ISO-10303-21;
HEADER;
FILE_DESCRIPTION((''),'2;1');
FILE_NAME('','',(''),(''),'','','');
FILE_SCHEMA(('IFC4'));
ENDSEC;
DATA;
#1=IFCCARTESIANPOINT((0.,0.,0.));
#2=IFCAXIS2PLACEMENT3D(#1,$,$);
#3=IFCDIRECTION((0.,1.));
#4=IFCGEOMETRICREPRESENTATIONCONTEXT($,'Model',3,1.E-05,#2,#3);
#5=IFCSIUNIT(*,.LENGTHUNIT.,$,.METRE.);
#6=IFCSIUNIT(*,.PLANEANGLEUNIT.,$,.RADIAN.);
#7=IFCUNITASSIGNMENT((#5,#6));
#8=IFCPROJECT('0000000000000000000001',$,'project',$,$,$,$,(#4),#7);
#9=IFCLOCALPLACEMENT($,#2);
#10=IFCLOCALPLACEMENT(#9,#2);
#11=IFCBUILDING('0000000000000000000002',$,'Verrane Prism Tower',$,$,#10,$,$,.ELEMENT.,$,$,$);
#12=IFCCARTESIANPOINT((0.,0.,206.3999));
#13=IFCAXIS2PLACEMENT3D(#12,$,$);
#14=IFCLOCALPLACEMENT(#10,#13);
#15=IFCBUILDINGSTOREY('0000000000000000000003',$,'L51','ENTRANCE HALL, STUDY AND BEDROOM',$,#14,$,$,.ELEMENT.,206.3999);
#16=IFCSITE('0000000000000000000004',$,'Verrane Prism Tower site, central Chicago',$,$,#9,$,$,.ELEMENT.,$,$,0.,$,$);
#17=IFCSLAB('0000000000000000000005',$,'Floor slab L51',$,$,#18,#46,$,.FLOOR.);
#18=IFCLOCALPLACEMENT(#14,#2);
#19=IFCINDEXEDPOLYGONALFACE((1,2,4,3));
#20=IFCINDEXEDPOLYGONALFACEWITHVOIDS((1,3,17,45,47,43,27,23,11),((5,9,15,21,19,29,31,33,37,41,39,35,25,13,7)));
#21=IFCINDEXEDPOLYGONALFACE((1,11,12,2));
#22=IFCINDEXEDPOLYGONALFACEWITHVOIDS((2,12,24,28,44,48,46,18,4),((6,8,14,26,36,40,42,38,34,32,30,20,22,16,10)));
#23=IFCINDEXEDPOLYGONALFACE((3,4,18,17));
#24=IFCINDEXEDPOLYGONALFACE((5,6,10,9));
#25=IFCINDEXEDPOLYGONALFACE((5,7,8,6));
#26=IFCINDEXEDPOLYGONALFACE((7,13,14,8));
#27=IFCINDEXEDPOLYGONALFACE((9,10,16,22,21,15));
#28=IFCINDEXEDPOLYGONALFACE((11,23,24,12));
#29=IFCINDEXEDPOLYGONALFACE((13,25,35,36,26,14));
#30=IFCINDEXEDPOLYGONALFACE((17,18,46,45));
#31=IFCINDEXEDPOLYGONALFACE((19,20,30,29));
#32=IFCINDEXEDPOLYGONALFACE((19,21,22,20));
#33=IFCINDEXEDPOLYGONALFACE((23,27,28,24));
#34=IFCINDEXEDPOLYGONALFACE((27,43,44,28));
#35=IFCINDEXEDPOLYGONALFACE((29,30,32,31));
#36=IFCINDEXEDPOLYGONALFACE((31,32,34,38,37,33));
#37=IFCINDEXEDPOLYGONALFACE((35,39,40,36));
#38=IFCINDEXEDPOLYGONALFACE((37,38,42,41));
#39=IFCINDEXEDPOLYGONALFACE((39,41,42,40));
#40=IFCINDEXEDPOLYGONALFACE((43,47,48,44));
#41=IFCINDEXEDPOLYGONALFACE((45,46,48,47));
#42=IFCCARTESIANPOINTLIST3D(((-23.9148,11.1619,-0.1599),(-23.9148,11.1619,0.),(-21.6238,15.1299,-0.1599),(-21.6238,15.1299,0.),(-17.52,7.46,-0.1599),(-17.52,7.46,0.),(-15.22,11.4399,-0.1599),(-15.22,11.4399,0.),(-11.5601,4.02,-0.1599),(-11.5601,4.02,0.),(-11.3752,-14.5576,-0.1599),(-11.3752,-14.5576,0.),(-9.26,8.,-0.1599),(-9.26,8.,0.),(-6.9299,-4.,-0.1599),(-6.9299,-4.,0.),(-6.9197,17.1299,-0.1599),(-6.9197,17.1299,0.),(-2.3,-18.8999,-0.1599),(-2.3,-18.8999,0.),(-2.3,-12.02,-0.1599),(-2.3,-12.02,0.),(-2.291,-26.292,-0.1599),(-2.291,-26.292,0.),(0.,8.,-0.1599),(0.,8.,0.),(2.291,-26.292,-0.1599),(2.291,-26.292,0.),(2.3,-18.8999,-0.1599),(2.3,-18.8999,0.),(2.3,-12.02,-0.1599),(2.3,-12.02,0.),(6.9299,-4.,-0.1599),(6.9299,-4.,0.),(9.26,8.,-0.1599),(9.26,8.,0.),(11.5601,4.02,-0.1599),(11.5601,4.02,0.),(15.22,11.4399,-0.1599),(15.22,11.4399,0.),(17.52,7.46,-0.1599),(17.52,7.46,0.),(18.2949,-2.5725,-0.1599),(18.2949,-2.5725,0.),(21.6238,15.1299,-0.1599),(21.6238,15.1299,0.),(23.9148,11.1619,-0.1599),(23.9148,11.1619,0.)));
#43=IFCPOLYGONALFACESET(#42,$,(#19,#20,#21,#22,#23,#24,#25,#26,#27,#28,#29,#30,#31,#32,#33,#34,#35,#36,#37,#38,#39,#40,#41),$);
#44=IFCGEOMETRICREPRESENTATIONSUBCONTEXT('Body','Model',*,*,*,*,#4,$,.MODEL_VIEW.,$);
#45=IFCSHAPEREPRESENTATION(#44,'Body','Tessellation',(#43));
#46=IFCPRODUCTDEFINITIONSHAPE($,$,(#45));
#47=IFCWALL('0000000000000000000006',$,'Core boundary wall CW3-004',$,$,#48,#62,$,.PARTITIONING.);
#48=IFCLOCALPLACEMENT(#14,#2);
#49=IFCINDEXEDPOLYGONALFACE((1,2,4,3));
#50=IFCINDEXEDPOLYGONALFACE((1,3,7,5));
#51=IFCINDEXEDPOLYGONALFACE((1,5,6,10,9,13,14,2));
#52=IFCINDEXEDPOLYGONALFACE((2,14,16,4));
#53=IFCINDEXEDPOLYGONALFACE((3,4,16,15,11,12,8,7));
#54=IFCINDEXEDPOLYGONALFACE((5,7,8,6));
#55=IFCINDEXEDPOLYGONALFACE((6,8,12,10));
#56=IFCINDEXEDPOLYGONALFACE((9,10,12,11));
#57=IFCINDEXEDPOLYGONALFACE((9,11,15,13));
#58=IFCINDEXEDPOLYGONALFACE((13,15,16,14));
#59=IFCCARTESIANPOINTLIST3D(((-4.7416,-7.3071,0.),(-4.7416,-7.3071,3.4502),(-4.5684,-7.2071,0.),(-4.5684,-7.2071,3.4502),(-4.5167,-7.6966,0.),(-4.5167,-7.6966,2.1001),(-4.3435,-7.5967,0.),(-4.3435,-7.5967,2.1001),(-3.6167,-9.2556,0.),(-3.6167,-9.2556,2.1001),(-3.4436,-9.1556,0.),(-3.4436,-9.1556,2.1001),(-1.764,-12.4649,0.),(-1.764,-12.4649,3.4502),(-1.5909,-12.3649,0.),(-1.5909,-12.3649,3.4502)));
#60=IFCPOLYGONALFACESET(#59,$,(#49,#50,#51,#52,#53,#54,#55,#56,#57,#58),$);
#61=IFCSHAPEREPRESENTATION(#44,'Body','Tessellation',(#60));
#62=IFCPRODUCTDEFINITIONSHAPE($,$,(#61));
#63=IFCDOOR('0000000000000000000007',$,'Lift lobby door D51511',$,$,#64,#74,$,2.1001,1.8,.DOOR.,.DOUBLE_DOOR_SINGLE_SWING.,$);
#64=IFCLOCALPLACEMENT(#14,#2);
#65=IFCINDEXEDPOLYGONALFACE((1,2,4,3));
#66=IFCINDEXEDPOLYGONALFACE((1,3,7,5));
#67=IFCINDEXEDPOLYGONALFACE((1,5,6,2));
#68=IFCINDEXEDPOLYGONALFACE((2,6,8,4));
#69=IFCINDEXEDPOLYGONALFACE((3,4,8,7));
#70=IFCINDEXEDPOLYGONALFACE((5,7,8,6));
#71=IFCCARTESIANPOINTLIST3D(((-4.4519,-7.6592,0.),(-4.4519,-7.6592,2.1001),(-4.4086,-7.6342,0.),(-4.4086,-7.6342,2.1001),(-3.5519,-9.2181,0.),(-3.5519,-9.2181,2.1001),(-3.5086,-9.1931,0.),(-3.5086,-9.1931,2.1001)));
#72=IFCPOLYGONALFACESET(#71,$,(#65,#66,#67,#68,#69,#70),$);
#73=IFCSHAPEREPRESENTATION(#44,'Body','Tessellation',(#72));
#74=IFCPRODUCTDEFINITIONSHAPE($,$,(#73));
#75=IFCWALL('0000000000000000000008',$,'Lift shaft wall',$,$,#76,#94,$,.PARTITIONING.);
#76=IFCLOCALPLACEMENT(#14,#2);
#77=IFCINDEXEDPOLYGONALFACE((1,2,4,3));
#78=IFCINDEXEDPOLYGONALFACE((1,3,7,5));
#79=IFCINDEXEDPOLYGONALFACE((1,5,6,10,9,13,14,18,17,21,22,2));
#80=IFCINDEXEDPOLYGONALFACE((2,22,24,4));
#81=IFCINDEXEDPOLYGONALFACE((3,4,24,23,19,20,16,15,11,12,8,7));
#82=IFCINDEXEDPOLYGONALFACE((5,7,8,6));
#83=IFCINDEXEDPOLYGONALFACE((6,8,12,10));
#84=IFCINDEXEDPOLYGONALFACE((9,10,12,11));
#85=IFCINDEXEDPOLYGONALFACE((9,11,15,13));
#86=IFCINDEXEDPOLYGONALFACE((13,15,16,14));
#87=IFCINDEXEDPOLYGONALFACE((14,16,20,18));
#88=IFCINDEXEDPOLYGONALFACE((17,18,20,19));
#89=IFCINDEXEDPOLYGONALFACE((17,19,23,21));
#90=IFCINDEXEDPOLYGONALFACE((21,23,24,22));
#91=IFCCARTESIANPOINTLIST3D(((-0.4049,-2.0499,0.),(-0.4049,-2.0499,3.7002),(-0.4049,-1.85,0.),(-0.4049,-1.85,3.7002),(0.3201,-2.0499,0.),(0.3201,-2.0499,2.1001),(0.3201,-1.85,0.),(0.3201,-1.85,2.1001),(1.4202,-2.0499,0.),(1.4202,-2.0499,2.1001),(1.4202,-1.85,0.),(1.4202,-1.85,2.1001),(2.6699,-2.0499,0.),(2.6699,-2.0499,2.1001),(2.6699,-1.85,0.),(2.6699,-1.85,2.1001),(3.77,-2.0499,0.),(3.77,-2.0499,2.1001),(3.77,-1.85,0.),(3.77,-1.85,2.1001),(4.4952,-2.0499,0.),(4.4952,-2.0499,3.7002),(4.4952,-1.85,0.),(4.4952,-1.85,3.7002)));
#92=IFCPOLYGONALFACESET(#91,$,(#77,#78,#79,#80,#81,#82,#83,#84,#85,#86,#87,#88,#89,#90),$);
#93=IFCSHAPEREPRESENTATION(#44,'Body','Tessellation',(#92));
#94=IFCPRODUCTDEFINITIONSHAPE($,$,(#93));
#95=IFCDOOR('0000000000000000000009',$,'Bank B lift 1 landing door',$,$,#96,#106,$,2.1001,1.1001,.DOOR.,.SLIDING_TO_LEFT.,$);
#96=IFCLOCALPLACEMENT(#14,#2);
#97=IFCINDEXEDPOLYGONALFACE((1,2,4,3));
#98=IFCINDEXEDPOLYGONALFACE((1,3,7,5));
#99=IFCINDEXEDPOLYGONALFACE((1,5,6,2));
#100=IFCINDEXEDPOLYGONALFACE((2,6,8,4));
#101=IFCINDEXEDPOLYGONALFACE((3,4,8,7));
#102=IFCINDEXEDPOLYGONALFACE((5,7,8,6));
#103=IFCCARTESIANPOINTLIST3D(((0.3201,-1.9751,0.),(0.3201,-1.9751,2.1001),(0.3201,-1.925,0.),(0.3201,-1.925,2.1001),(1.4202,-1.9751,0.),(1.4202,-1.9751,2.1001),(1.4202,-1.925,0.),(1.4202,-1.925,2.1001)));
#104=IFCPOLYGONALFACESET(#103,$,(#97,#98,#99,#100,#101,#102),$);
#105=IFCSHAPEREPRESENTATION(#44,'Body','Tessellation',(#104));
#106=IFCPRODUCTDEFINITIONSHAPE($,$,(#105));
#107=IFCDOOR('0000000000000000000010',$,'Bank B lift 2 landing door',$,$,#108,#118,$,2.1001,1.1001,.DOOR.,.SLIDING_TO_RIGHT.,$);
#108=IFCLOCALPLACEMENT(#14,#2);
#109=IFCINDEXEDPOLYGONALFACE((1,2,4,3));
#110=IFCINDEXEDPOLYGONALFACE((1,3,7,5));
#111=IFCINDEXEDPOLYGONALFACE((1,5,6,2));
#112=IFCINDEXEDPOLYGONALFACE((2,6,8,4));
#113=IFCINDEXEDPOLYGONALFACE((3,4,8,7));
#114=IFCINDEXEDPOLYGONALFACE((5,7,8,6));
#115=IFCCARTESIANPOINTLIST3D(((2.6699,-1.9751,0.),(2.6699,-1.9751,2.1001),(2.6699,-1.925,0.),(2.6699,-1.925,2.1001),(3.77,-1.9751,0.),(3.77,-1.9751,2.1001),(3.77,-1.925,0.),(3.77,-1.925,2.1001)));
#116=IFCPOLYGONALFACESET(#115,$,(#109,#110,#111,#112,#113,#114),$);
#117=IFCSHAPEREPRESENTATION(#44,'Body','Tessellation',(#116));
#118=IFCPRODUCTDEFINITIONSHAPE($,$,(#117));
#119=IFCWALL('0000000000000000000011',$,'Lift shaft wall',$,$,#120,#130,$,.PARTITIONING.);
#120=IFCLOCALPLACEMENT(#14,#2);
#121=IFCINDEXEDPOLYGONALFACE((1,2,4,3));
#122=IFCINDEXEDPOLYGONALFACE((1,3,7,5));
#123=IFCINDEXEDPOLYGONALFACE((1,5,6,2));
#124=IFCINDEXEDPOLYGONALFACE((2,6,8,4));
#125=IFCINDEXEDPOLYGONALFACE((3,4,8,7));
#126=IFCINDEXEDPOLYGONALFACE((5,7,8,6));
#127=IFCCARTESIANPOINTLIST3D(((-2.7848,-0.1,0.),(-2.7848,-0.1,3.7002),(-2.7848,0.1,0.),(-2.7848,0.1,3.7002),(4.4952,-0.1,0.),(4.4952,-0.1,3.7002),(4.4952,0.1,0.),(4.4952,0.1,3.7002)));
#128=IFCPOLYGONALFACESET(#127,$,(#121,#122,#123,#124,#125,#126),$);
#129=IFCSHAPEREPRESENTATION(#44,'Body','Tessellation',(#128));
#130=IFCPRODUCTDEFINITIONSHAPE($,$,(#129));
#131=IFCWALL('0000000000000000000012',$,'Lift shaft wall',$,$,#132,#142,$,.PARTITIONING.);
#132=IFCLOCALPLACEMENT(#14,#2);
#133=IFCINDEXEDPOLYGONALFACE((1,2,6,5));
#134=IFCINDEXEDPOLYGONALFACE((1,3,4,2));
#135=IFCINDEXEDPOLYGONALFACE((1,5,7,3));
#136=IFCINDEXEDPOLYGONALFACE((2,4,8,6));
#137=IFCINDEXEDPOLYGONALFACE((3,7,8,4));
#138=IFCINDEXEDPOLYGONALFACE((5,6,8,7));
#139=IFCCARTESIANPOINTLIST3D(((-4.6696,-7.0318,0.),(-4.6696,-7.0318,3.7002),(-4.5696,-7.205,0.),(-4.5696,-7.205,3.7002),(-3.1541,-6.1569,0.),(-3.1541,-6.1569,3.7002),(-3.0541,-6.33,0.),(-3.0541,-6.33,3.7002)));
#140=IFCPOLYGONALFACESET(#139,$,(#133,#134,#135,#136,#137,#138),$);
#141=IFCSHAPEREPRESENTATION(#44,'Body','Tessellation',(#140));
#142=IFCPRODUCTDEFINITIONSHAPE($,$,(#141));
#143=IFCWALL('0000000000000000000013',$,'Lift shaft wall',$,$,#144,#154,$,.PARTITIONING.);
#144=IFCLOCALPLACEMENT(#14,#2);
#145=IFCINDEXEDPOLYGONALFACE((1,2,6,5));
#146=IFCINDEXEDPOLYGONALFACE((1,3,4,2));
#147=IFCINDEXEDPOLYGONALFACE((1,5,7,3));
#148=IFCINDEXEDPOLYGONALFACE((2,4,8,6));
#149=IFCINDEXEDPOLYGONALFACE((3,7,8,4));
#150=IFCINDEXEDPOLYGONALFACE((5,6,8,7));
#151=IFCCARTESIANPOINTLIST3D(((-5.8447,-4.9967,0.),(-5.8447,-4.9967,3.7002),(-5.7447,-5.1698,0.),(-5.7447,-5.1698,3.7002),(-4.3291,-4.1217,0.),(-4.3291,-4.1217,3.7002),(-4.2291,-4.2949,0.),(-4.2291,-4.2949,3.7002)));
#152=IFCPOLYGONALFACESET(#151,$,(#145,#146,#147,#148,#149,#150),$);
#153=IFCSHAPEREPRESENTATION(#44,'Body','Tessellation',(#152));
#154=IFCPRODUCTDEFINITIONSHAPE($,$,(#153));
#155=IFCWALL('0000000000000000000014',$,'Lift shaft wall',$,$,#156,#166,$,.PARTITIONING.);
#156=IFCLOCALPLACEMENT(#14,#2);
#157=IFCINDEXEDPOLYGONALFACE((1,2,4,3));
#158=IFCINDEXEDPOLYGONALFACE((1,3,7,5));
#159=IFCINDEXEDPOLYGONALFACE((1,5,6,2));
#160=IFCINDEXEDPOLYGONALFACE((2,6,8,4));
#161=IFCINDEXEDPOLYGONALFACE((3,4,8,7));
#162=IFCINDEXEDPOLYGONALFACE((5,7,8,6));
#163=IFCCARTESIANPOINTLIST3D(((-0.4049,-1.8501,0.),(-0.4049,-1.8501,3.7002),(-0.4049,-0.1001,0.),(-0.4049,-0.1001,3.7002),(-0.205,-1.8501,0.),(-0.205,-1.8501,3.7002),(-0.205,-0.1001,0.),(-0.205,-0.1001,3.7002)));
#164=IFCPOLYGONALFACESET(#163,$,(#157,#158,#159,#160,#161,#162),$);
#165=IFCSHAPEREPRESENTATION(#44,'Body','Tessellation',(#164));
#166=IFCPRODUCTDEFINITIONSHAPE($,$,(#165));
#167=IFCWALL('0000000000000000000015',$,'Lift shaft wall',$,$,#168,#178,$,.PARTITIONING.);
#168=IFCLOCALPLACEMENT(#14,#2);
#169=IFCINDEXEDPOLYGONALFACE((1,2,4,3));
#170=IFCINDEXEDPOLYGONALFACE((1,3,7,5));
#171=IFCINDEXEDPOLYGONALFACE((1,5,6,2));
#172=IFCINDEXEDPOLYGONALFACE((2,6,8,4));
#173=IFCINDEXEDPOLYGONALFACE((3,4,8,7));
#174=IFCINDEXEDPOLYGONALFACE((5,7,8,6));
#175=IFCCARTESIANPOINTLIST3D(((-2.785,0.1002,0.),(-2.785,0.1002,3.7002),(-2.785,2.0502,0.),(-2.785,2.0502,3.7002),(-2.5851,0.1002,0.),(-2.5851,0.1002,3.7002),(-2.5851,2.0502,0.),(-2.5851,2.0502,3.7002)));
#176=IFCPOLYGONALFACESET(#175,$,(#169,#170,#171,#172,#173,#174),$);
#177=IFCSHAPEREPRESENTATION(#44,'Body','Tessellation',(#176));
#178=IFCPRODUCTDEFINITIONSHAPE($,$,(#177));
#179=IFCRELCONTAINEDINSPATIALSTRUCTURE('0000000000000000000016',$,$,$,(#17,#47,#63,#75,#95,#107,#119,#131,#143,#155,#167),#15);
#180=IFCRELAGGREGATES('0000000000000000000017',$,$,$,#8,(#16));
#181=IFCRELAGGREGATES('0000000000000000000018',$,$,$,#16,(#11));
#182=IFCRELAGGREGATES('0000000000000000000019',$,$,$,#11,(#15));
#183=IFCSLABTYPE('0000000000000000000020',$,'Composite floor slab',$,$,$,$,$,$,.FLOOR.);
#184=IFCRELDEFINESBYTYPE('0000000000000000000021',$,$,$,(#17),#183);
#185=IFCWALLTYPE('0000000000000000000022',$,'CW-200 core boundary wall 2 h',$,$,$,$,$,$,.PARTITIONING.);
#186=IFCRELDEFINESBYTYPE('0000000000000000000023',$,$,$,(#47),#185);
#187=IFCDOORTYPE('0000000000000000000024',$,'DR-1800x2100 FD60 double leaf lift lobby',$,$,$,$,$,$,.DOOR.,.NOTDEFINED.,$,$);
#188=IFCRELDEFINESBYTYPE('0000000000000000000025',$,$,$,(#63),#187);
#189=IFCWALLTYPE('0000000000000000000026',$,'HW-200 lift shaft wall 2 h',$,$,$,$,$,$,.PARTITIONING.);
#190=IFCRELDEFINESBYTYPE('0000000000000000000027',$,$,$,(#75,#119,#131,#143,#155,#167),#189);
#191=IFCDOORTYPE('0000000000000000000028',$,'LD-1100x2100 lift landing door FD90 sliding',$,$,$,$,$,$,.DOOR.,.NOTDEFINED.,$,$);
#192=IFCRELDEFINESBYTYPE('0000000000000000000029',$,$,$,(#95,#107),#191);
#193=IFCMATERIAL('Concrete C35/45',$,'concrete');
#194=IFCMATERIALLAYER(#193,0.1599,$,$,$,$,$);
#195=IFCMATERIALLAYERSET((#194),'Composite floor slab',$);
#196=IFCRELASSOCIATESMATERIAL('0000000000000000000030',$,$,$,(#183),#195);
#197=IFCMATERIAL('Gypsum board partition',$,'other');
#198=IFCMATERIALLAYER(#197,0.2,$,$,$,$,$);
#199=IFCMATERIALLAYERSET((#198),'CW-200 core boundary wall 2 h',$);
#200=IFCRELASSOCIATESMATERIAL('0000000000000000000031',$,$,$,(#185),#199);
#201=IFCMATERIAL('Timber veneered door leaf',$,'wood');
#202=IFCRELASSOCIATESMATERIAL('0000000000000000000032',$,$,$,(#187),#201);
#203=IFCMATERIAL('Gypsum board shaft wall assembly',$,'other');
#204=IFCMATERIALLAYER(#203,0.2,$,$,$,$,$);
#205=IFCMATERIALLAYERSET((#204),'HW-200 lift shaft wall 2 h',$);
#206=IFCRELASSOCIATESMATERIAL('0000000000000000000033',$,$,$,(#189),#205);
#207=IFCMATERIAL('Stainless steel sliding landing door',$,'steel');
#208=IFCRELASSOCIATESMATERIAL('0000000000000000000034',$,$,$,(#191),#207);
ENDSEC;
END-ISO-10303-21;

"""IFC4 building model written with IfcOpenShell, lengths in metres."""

from ifc_helpers import new_model, si_unit, direction, frame, frame_2d, origin, place, context, subcontext, project, spatial, polyline, rectangle, outline, extrude, material, layer, layer_set, type_object, element, fill, save


model = new_model("IFC4")

# Units and contexts
model_context = context("Model", 3, precision=1e-05, world=origin(), true_north=direction((0.0, 1.0)))
body_context = subcontext(model_context, "Body", "Model", "MODEL_VIEW")
ifc_project = project(units=[si_unit("LENGTHUNIT", "METRE"), si_unit("PLANEANGLEUNIT", "RADIAN")], contexts=[model_context])

# Site, building, storey
site_placement = place(None, origin())
site = spatial("IfcSite", under=ifc_project, at=site_placement, Name="Verrane Prism Tower site, central Chicago", CompositionType="ELEMENT", RefElevation=0.0)
building_placement = place(site_placement, origin())
building = spatial("IfcBuilding", under=site, at=building_placement, Name="Verrane Prism Tower", CompositionType="ELEMENT")
storey_placement = place(building_placement, frame((0.0, 0.0, 206.3999)))
storey = spatial("IfcBuildingStorey", under=building, at=storey_placement, Name="L51", Description="ENTRANCE HALL, STUDY AND BEDROOM", CompositionType="ELEMENT", Elevation=206.3999)

# Slab
ifc_material_1 = material(Name="Concrete C35/45", Category="concrete")
ifc_layer_1 = layer(ifc_material_1, 0.1599)
ifc_layer_set_1 = layer_set([ifc_layer_1], Name="Composite floor slab")
slab_type = type_object("IfcSlabType", Name="Composite floor slab", PredefinedType="FLOOR", material=ifc_layer_set_1)
slab_placement = place(storey_placement, frame((0.0, 0.0, -0.1599)))
element("IfcSlab", 1, at=slab_placement, inside=storey, type_object=slab_type, Name="Floor slab L51", PredefinedType="FLOOR", context=body_context, shape_type="SweptSolid", body=[
    extrude(outline(polyline([(18.2949, -2.5725), (2.291, -26.292), (-2.291, -26.292), (-11.3752, -14.5576), (-23.9148, 11.1619), (-21.6238, 15.1299), (-6.9197, 17.1299), (21.6238, 15.1299), (23.9148, 11.1619), (18.2949, -2.5725)]), holes=[polyline([(17.52, 7.46), (15.22, 11.4399), (9.26, 8.0), (0.0, 8.0), (-9.26, 8.0), (-15.22, 11.4399), (-17.52, 7.46), (-11.5601, 4.02), (-6.9299, -4.0), (-2.3, -12.02), (-2.3, -18.8999), (2.3, -18.8999), (2.3, -12.02), (6.9299, -4.0), (11.5601, 4.02), (17.52, 7.46)])]), origin(), (0.0, 0.0, 1.0), 0.1599),
])

# Wall, opening, door
ifc_material_2 = material(Name="Gypsum board partition", Category="other")
ifc_layer_2 = layer(ifc_material_2, 0.2)
ifc_layer_set_2 = layer_set([ifc_layer_2], Name="CW-200 core boundary wall 2 h")
wall_type_1 = type_object("IfcWallType", Name="CW-200 core boundary wall 2 h", PredefinedType="PARTITIONING", material=ifc_layer_set_2)
wall_1_placement = place(storey_placement, frame((-4.655, -7.2571, 0.0), z_axis=(0.0, 0.0, 1.0), x_axis=(0.499966, -0.866045, 0.0)))
wall_1 = element("IfcWall", 2, at=wall_1_placement, inside=storey, type_object=wall_type_1, Name="Core boundary wall CW3-004", PredefinedType="PARTITIONING", context=body_context, shape_type="SweptSolid", body=[
    extrude(rectangle(XDim=5.9556, YDim=0.2, at=frame_2d((2.9778, 0.0))), origin(), (0.0, 0.0, 1.0), 3.4502),
])
opening_1_placement = place(wall_1_placement, frame((0.45, 0.0, 0.0)))
opening_1 = element("IfcOpeningElement", 3, at=opening_1_placement, cuts=wall_1, PredefinedType="OPENING", context=body_context, shape_type="SweptSolid", body=[
    extrude(rectangle(XDim=1.8, YDim=2.1001, at=frame_2d((0.8999, 1.05))), frame((0.0, 0.1099, 0.0), z_axis=(0.0, -1.0, 0.0), x_axis=(1.0, 0.0, 0.0)), (0.0, 0.0, 1.0), 0.22),
])
ifc_material_3 = material(Name="Timber veneered door leaf", Category="wood")
door_type_1 = type_object("IfcDoorType", Name="DR-1800x2100 FD60 double leaf lift lobby", OperationType="NOTDEFINED", PredefinedType="DOOR", material=ifc_material_3)
door_1_placement = place(opening_1_placement, origin())
door_1 = element("IfcDoor", 4, at=door_1_placement, inside=storey, type_object=door_type_1, Name="Lift lobby door D51511", OperationType="DOUBLE_DOOR_SINGLE_SWING", OverallHeight=2.1001, OverallWidth=1.8, PredefinedType="DOOR", context=body_context, shape_type="SweptSolid", body=[
    extrude(rectangle(XDim=1.8, YDim=2.1001, at=frame_2d((0.8999, 1.05))), frame((0.0, 0.0249, 0.0), z_axis=(0.0, -1.0, 0.0), x_axis=(1.0, 0.0, 0.0)), (0.0, 0.0, 1.0), 0.05),
])
fill(opening_1, door_1)

# Wall, openings, doors
ifc_material_4 = material(Name="Gypsum board shaft wall assembly", Category="other")
ifc_layer_3 = layer(ifc_material_4, 0.2)
ifc_layer_set_3 = layer_set([ifc_layer_3], Name="HW-200 lift shaft wall 2 h")
wall_type_2 = type_object("IfcWallType", Name="HW-200 lift shaft wall 2 h", PredefinedType="PARTITIONING", material=ifc_layer_set_3)
wall_2_placement = place(storey_placement, frame((-0.405, -1.95, 0.0), z_axis=(0.0, 0.0, 1.0), x_axis=(1.0, 0.0, 0.0)))
wall_2 = element("IfcWall", 5, at=wall_2_placement, inside=storey, type_object=wall_type_2, Name="Lift shaft wall", PredefinedType="PARTITIONING", context=body_context, shape_type="SweptSolid", body=[
    extrude(rectangle(XDim=4.9001, YDim=0.2, at=frame_2d((2.4502, 0.0))), origin(), (0.0, 0.0, 1.0), 3.7002),
])
opening_2_placement = place(wall_2_placement, frame((0.7251, 0.0, 0.0)))
opening_2 = element("IfcOpeningElement", 6, at=opening_2_placement, cuts=wall_2, PredefinedType="OPENING", context=body_context, shape_type="SweptSolid", body=[
    extrude(rectangle(XDim=1.1001, YDim=2.1001, at=frame_2d((0.55, 1.05))), frame((0.0, 0.1099, 0.0), z_axis=(0.0, -1.0, 0.0), x_axis=(1.0, 0.0, 0.0)), (0.0, 0.0, 1.0), 0.22),
])
opening_3_placement = place(wall_2_placement, frame((3.075, 0.0, 0.0)))
opening_3 = element("IfcOpeningElement", 7, at=opening_3_placement, cuts=wall_2, PredefinedType="OPENING", context=body_context, shape_type="SweptSolid", body=[
    extrude(rectangle(XDim=1.1001, YDim=2.1001, at=frame_2d((0.55, 1.05))), frame((0.0, 0.1099, 0.0), z_axis=(0.0, -1.0, 0.0), x_axis=(1.0, 0.0, 0.0)), (0.0, 0.0, 1.0), 0.22),
])
ifc_material_5 = material(Name="Stainless steel sliding landing door", Category="steel")
door_type_2 = type_object("IfcDoorType", Name="LD-1100x2100 lift landing door FD90 sliding", OperationType="NOTDEFINED", PredefinedType="DOOR", material=ifc_material_5)
door_2_placement = place(opening_2_placement, origin())
door_2 = element("IfcDoor", 8, at=door_2_placement, inside=storey, type_object=door_type_2, Name="Bank B lift 1 landing door", OperationType="SLIDING_TO_LEFT", OverallHeight=2.1001, OverallWidth=1.1001, PredefinedType="DOOR", context=body_context, shape_type="SweptSolid", body=[
    extrude(rectangle(XDim=1.1001, YDim=2.1001, at=frame_2d((0.55, 1.05))), frame((0.0, 0.0249, 0.0), z_axis=(0.0, -1.0, 0.0), x_axis=(1.0, 0.0, 0.0)), (0.0, 0.0, 1.0), 0.05),
])
fill(opening_2, door_2)
door_3_placement = place(opening_3_placement, origin())
door_3 = element("IfcDoor", 9, at=door_3_placement, inside=storey, type_object=door_type_2, Name="Bank B lift 2 landing door", OperationType="SLIDING_TO_RIGHT", OverallHeight=2.1001, OverallWidth=1.1001, PredefinedType="DOOR", context=body_context, shape_type="SweptSolid", body=[
    extrude(rectangle(XDim=1.1001, YDim=2.1001, at=frame_2d((0.55, 1.05))), frame((0.0, 0.0249, 0.0), z_axis=(0.0, -1.0, 0.0), x_axis=(1.0, 0.0, 0.0)), (0.0, 0.0, 1.0), 0.05),
])
fill(opening_3, door_3)

# Walls
wall_3_placement = place(storey_placement, frame((-2.7849, 0.0, 0.0), z_axis=(0.0, 0.0, 1.0), x_axis=(1.0, 0.0, 0.0)))
element("IfcWall", 10, at=wall_3_placement, inside=storey, type_object=wall_type_2, Name="Lift shaft wall", PredefinedType="PARTITIONING", context=body_context, shape_type="SweptSolid", body=[
    extrude(rectangle(XDim=7.28, YDim=0.2, at=frame_2d((3.6401, 0.0))), origin(), (0.0, 0.0, 1.0), 3.7002),
])
for number, where, z_axis, x_axis, name in (
    (11, (-4.6196, -7.1184, 0.0), (0.0, 0.0, 1.0), (0.866037, 0.49998, 0.0), "Lift shaft wall"),
    (12, (-5.7947, -5.0833, 0.0), (0.0, 0.0, 1.0), (0.866037, 0.49998, 0.0), "Lift shaft wall"),
    (13, (-0.3049, -1.8501, 0.0), (0.0, 0.0, 1.0), (0.0, 1.0, 0.0), "Lift shaft wall"),
):
    element("IfcWall", number, at=place(storey_placement, frame(where, z_axis=z_axis, x_axis=x_axis)), inside=storey, type_object=wall_type_2, Name=name, PredefinedType="PARTITIONING", context=body_context, shape_type="SweptSolid", body=[
        extrude(rectangle(XDim=1.75, YDim=0.2, at=frame_2d((0.875, 0.0))), origin(), (0.0, 0.0, 1.0), 3.7002),
    ])
wall_4_placement = place(storey_placement, frame((-2.6851, 0.1001, 0.0), z_axis=(0.0, 0.0, 1.0), x_axis=(0.0, 1.0, 0.0)))
element("IfcWall", 14, at=wall_4_placement, inside=storey, type_object=wall_type_2, Name="Lift shaft wall", PredefinedType="PARTITIONING", context=body_context, shape_type="SweptSolid", body=[
    extrude(rectangle(XDim=1.95, YDim=0.2, at=frame_2d((0.9751, 0.0))), origin(), (0.0, 0.0, 1.0), 3.7002),
])

save(model, "model.ifc")
